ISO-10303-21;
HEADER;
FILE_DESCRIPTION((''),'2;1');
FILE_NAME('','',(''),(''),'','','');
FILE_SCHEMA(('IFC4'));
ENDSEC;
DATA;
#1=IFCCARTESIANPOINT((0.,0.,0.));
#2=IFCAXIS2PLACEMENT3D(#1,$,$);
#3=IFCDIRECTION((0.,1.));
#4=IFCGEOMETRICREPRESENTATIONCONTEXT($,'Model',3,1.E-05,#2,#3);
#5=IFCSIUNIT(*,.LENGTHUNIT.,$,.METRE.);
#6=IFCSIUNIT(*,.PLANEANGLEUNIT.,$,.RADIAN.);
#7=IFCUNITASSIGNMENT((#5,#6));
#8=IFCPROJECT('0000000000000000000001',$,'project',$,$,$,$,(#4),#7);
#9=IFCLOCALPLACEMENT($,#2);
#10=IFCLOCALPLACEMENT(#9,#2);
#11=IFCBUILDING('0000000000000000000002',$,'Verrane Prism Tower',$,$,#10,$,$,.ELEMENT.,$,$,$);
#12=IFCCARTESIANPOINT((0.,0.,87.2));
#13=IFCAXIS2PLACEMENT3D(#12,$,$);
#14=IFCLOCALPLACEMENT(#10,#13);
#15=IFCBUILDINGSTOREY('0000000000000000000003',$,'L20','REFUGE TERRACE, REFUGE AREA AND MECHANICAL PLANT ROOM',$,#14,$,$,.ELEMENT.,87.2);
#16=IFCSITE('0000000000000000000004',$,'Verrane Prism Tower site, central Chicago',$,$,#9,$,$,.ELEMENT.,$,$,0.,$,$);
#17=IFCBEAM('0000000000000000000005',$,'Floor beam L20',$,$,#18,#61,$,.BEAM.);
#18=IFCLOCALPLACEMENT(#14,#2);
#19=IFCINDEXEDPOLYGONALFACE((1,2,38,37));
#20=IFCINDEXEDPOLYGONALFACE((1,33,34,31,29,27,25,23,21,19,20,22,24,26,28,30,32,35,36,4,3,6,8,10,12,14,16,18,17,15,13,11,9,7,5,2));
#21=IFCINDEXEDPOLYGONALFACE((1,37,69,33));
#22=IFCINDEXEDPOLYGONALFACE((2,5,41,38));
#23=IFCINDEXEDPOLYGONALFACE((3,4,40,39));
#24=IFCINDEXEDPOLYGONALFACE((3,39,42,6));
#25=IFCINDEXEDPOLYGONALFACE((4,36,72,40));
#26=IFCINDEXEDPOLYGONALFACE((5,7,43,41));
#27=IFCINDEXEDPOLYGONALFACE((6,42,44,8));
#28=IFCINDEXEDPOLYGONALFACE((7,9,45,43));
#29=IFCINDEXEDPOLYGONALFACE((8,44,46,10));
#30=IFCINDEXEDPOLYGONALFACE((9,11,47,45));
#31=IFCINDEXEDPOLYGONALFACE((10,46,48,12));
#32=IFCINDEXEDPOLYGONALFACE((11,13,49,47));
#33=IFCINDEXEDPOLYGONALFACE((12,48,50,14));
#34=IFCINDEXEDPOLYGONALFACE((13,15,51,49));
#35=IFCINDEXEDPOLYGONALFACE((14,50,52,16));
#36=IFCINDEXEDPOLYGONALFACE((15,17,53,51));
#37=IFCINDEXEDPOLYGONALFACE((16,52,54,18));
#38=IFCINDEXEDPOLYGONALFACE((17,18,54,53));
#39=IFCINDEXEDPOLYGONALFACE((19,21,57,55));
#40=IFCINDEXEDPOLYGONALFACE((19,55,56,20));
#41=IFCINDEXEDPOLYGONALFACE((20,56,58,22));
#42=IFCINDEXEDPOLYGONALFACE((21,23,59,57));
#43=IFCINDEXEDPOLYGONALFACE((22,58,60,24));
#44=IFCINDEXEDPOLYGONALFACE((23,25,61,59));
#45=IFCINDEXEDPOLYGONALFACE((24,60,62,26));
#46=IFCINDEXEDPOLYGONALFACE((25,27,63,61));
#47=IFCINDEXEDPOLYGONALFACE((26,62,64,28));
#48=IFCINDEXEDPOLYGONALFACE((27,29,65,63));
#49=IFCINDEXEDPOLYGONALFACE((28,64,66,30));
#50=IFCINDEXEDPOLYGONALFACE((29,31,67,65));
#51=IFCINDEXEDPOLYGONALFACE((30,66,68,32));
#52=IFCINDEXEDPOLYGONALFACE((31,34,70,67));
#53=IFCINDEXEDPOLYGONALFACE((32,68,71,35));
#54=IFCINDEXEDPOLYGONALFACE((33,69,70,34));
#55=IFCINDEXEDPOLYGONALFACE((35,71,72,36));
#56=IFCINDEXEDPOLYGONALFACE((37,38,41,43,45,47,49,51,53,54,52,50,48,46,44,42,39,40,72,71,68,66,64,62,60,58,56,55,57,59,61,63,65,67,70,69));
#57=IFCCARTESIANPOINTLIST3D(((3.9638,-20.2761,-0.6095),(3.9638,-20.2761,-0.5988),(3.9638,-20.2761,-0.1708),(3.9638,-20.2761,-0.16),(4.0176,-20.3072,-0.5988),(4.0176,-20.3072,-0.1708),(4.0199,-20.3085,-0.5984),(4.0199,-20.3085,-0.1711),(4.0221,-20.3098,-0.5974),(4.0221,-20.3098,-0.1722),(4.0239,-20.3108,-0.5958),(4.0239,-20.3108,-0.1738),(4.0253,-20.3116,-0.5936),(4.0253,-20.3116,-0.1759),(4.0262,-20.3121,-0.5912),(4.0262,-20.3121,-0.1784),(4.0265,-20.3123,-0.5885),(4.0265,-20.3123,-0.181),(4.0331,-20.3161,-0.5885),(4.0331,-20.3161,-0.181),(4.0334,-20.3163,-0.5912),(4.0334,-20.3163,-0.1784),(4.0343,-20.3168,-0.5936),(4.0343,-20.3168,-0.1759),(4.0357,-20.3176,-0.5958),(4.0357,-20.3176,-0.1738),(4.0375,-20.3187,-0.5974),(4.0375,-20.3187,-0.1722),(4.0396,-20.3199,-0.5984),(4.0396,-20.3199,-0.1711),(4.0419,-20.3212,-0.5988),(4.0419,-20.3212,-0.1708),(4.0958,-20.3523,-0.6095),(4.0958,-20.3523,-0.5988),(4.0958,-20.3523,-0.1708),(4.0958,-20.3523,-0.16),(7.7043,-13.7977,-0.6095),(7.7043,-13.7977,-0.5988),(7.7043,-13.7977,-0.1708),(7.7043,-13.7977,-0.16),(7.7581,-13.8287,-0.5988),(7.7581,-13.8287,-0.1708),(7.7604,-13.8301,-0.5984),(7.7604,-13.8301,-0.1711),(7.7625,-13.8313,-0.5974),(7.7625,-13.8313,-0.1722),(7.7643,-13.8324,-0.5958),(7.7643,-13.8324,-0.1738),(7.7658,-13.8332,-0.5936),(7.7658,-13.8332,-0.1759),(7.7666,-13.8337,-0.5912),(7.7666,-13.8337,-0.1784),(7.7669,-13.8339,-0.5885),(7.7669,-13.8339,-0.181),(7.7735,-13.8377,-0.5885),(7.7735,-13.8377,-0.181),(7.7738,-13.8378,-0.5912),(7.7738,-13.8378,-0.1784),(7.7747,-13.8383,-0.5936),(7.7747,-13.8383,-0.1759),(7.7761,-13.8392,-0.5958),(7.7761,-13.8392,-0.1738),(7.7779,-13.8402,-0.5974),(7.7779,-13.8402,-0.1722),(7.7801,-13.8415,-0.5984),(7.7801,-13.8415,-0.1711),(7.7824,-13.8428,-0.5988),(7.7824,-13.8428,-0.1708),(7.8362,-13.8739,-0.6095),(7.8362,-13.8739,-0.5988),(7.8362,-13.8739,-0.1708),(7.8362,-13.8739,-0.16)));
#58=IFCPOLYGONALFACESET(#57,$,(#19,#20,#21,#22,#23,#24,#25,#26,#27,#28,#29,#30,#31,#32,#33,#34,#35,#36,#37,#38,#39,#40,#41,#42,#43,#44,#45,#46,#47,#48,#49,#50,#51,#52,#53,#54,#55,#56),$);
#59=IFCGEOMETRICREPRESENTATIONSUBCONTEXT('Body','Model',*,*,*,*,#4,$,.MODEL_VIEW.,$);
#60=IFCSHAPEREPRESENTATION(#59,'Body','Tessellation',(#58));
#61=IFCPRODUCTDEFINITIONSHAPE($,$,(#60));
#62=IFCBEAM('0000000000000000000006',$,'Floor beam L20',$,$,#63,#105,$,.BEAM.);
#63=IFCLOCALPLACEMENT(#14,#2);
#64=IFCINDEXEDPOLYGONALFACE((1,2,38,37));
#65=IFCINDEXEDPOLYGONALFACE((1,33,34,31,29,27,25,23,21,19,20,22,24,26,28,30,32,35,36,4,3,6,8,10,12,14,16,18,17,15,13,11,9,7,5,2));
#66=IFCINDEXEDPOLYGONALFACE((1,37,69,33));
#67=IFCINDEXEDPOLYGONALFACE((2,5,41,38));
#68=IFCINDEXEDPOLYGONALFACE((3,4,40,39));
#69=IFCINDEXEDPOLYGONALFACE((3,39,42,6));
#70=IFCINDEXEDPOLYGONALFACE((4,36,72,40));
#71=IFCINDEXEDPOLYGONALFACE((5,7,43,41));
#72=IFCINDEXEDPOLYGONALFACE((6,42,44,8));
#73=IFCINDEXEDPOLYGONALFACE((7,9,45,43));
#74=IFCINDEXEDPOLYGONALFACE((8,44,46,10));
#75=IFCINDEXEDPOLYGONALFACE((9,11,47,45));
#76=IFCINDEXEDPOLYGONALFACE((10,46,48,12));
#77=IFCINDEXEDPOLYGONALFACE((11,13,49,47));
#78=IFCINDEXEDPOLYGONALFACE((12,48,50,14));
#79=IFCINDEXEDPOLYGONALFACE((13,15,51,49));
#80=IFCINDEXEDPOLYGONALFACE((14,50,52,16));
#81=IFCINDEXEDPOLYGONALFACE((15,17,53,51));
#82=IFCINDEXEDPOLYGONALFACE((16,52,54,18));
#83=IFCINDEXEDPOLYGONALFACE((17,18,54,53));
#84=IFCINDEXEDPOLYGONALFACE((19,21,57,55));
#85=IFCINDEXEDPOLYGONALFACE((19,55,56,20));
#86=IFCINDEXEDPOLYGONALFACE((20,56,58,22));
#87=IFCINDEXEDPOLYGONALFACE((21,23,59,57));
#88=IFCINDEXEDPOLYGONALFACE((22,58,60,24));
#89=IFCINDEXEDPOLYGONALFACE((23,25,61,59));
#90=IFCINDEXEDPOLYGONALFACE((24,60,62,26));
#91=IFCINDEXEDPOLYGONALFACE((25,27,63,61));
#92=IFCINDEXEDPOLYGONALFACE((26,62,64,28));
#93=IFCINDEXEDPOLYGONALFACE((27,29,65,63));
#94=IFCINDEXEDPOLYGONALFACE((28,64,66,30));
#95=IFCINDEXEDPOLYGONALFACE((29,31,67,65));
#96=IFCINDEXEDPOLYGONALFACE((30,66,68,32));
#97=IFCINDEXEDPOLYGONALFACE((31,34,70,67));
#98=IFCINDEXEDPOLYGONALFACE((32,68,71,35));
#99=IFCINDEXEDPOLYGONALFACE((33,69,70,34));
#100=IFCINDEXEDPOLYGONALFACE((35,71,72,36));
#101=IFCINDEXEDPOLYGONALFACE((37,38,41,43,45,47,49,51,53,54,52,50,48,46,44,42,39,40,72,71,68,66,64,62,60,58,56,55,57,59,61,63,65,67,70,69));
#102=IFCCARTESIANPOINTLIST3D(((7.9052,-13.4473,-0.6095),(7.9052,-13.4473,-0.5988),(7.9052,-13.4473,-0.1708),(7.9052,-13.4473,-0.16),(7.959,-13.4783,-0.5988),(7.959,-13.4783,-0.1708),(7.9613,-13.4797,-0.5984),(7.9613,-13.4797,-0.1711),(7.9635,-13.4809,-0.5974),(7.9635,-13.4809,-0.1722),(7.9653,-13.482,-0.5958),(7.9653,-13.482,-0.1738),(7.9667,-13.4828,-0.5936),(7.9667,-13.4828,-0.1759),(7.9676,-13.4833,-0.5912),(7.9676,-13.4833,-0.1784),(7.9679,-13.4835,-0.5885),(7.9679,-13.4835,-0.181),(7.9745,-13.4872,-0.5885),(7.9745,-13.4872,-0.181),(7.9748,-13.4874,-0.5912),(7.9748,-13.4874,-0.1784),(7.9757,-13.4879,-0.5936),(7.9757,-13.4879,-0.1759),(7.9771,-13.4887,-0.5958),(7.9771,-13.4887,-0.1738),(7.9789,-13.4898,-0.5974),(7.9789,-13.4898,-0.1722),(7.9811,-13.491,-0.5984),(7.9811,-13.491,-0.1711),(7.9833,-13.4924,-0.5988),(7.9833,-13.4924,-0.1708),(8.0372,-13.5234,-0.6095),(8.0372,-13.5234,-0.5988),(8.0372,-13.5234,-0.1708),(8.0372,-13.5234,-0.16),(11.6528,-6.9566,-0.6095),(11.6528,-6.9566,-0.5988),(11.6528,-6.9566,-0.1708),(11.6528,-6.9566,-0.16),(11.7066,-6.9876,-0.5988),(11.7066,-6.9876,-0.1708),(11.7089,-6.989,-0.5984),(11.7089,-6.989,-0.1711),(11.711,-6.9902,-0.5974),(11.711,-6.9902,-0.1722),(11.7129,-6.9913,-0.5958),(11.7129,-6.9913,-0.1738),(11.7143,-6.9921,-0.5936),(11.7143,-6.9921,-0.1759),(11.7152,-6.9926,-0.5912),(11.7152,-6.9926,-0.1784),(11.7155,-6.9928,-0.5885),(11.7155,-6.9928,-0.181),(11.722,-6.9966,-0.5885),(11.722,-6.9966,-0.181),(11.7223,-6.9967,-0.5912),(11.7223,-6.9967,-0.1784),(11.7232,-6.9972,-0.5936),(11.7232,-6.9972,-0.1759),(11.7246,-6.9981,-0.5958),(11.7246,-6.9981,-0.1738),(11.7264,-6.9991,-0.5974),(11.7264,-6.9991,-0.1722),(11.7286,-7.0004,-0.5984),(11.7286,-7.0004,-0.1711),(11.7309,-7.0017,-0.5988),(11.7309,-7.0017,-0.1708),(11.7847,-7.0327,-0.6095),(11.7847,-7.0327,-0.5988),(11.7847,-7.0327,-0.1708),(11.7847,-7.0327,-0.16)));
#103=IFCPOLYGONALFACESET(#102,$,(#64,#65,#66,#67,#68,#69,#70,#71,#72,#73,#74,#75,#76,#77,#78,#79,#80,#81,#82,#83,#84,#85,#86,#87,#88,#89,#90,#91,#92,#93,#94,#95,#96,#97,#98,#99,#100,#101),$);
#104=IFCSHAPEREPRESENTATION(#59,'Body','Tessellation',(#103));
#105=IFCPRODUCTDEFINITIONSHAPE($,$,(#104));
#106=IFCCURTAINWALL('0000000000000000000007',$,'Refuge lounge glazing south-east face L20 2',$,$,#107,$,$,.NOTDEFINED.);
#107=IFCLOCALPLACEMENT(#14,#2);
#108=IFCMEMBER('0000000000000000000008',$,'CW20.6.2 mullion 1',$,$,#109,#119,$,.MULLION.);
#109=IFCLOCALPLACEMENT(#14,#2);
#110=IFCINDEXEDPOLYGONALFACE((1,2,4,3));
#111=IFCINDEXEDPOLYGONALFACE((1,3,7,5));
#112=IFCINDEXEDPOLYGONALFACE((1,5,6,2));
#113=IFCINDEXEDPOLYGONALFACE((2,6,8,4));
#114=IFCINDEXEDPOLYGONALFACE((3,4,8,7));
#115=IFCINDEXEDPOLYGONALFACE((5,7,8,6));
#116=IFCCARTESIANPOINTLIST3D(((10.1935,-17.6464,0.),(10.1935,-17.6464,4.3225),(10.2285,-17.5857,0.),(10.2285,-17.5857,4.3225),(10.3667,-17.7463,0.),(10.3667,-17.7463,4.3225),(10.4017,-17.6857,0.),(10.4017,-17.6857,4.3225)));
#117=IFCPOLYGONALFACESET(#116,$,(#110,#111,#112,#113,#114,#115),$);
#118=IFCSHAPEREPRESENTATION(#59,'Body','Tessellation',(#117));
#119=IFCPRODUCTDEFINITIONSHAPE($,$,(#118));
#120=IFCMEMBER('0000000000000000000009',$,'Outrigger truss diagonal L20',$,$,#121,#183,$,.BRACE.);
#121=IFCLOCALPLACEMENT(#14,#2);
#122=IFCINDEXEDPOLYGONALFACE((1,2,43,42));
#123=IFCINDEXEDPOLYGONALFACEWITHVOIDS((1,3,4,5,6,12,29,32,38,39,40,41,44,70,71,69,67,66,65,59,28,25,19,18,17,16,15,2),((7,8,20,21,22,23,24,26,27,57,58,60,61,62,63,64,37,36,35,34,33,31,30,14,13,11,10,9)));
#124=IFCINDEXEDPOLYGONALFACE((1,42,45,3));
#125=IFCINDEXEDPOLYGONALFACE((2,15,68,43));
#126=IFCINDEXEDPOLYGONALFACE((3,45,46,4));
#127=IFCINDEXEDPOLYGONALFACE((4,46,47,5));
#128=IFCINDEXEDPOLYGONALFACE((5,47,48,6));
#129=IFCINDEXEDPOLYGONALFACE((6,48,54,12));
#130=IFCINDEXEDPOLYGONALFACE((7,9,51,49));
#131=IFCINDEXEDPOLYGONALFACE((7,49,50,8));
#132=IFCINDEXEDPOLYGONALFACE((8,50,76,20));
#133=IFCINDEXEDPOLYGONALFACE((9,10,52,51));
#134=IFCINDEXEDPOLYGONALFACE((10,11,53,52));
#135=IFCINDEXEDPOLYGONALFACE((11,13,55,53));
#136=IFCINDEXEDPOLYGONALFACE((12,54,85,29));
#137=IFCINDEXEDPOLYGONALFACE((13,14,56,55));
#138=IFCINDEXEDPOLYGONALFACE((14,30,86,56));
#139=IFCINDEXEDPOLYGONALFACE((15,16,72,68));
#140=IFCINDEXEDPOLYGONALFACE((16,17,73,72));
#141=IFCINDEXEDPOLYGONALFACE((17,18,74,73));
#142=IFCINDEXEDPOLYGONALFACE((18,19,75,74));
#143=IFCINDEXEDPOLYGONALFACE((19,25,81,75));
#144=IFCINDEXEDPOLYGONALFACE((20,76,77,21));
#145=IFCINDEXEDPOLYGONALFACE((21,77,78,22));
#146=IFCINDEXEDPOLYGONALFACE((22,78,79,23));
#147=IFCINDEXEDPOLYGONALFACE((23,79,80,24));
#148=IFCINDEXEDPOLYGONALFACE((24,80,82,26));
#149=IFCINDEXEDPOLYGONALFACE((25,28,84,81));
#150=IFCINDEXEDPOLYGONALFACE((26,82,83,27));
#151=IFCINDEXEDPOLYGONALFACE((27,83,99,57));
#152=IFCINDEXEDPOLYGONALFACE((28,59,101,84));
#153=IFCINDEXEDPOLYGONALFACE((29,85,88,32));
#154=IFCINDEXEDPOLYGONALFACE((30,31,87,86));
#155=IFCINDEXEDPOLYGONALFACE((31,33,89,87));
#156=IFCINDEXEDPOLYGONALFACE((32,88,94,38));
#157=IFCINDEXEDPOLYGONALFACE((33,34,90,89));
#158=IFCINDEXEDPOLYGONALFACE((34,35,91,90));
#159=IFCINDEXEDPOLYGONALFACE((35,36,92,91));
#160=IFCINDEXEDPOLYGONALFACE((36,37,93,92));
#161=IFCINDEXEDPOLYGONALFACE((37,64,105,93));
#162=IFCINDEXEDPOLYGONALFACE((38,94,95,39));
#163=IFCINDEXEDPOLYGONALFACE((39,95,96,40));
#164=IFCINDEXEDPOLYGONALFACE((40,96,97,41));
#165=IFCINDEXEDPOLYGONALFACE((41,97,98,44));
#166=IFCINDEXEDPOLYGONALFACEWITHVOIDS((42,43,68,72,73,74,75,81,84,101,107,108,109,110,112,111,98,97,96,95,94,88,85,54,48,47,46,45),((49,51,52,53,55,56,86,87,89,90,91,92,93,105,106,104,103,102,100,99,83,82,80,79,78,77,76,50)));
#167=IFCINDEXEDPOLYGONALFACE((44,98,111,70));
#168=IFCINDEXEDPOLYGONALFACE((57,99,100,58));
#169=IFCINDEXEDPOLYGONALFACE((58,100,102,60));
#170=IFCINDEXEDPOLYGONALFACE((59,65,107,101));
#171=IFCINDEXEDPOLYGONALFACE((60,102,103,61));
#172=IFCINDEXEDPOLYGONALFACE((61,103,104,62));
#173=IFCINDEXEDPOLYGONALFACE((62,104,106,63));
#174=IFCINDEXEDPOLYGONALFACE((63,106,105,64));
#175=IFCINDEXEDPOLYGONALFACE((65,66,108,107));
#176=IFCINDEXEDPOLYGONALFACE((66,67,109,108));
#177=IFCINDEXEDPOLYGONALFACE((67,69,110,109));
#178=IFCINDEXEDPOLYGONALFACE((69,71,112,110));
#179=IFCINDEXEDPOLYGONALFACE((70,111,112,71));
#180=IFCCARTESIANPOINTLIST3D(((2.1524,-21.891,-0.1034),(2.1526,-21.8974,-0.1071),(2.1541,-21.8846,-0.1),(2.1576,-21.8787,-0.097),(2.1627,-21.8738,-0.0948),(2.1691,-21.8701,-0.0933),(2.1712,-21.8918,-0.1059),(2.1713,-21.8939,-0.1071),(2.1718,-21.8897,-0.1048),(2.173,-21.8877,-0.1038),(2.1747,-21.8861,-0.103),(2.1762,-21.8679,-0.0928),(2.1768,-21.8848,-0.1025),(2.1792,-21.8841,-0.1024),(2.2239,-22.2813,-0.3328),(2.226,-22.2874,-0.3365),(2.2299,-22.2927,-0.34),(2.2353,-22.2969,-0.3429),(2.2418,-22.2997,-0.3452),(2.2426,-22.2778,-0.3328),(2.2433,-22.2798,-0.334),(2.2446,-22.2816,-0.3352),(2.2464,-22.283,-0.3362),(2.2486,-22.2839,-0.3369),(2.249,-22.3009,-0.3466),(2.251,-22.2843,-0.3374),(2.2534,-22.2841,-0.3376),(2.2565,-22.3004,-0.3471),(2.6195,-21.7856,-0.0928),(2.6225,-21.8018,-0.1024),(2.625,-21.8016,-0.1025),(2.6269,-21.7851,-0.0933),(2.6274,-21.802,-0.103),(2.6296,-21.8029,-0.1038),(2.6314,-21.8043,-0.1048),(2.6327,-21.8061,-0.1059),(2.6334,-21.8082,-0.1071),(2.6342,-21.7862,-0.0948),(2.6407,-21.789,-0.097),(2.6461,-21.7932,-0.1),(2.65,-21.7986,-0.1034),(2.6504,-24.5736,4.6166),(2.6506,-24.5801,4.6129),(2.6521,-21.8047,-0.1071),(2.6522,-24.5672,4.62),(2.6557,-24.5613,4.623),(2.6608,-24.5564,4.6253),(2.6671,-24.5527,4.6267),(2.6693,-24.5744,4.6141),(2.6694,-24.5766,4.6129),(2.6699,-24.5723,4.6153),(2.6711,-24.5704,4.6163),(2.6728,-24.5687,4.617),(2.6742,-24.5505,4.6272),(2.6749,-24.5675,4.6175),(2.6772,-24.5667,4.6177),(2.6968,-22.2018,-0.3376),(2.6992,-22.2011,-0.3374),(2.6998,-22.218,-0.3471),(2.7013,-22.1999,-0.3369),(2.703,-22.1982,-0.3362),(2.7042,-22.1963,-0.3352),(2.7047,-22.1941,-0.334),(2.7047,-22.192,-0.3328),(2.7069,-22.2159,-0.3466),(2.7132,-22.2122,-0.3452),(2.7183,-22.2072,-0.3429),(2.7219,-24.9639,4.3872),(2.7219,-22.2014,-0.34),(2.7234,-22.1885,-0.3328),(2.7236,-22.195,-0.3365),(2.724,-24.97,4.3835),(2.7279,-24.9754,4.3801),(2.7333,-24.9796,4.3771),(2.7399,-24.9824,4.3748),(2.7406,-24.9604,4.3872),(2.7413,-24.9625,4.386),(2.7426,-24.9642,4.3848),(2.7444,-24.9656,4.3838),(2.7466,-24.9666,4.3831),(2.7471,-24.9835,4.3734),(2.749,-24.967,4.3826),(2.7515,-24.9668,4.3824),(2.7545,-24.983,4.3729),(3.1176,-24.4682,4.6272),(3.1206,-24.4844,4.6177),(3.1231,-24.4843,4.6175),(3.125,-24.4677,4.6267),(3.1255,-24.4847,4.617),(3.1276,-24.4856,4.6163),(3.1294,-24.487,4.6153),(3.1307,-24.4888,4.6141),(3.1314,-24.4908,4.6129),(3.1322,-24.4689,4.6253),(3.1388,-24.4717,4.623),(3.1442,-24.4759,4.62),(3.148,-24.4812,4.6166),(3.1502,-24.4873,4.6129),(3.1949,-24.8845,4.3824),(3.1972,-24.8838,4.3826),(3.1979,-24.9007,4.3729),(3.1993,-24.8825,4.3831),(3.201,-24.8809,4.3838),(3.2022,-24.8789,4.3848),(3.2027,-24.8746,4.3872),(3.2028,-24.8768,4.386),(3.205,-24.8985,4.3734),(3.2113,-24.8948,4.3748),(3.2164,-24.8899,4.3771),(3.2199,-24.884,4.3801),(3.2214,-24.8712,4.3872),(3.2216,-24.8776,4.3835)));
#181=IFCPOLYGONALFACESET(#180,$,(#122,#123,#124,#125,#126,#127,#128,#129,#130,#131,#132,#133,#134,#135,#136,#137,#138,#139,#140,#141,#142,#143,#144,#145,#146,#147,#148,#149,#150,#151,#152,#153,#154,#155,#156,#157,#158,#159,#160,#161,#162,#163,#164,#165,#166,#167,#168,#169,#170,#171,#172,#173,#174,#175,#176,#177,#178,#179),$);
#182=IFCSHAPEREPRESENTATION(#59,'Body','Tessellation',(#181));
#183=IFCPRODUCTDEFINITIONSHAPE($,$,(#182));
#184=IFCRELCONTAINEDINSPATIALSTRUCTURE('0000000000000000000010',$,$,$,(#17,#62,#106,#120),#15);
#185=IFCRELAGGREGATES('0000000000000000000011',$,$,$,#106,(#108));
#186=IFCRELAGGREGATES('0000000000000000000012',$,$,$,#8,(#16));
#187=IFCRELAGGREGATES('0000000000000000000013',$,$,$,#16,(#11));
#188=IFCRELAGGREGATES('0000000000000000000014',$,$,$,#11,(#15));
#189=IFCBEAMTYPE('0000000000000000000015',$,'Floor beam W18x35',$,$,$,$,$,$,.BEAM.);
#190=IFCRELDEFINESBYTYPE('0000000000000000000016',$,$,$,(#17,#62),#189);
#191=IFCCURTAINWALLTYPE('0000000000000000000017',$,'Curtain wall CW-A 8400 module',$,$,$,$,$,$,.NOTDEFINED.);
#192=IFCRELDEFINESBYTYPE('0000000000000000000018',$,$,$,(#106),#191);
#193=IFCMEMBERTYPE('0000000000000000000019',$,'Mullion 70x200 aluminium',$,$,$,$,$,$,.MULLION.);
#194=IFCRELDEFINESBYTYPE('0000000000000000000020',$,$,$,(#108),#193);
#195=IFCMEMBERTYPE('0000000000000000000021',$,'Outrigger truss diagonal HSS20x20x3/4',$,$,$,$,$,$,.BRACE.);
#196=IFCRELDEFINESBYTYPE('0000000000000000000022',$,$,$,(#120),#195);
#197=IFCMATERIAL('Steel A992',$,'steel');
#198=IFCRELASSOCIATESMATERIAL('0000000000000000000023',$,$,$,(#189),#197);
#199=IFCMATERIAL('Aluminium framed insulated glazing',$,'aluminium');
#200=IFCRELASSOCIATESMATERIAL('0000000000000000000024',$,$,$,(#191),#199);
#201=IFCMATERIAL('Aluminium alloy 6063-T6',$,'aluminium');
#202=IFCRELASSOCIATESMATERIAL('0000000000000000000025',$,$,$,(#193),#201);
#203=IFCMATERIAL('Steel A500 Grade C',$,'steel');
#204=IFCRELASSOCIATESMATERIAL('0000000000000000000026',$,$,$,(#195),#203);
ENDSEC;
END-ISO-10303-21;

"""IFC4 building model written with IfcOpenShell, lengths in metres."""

from ifc_helpers import new_model, si_unit, direction, frame, origin, origin_2d, place, context, subcontext, project, spatial, rectangle, hollow_rectangle, i_section, extrude, material, material_profile, profile_set, type_object, element, aggregate, save


model = new_model("IFC4")

# Units and contexts
model_context = context("Model", 3, precision=1e-05, world=origin(), true_north=direction((0.0, 1.0)))
body_context = subcontext(model_context, "Body", "Model", "MODEL_VIEW")
ifc_project = project(units=[si_unit("LENGTHUNIT", "METRE"), si_unit("PLANEANGLEUNIT", "RADIAN")], contexts=[model_context])

# Site, building, storey
site_placement = place(None, origin())
site = spatial("IfcSite", under=ifc_project, at=site_placement, Name="Verrane Prism Tower site, central Chicago", CompositionType="ELEMENT", RefElevation=0.0)
building_placement = place(site_placement, origin())
building = spatial("IfcBuilding", under=site, at=building_placement, Name="Verrane Prism Tower", CompositionType="ELEMENT")
storey_placement = place(building_placement, frame((0.0, 0.0, 87.2)))
storey = spatial("IfcBuildingStorey", under=building, at=storey_placement, Name="L20", Description="REFUGE TERRACE, REFUGE AREA AND MECHANICAL PLANT ROOM", CompositionType="ELEMENT", Elevation=87.2)

# Beams
ifc_material_1 = material(Name="Steel A992", Category="steel")
ifc_material_profile_1 = material_profile(ifc_material_1, i_section(OverallWidth=0.1523, OverallDepth=0.4495, WebThickness=0.0076, FlangeThickness=0.0107, FilletRadius=0.0103, at=origin_2d()), Name="W18x35")
ifc_profile_set_1 = profile_set([ifc_material_profile_1], Name="Steel A992")
beam_type_1 = type_object("IfcBeamType", Name="Floor beam W18x35", PredefinedType="BEAM", material=ifc_profile_set_1)
beam_1_placement = place(storey_placement, frame((4.0298, -20.3142, -0.3848), z_axis=(0.500011, 0.866019, 0.0), x_axis=(-0.866019, 0.500011, 0.0)))
element("IfcBeam", 1, at=beam_1_placement, inside=storey, type_object=beam_type_1, Name="Floor beam L20", PredefinedType="BEAM", context=body_context, shape_type="SweptSolid", body=[
    extrude(i_section(OverallWidth=0.1523, OverallDepth=0.4495, WebThickness=0.0076, FlangeThickness=0.0107, FilletRadius=0.0103, at=origin_2d()), origin(), (0.0, 0.0, 1.0), 7.4807),
])
beam_2_placement = place(storey_placement, frame((7.9712, -13.4854, -0.3848), z_axis=(0.500014, 0.866017, 0.0), x_axis=(-0.866017, 0.500014, 0.0)))
element("IfcBeam", 2, at=beam_2_placement, inside=storey, type_object=beam_type_1, Name="Floor beam L20", PredefinedType="BEAM", context=body_context, shape_type="SweptSolid", body=[
    extrude(i_section(OverallWidth=0.1523, OverallDepth=0.4495, WebThickness=0.0076, FlangeThickness=0.0107, FilletRadius=0.0103, at=origin_2d()), origin(), (0.0, 0.0, 1.0), 7.4949),
])

# Curtain wall, member
ifc_material_2 = material(Name="Aluminium framed insulated glazing", Category="aluminium")
curtain_wall_type = type_object("IfcCurtainWallType", Name="Curtain wall CW-A 8400 module", PredefinedType="NOTDEFINED", material=ifc_material_2)
curtain_wall_placement = place(storey_placement, origin())
curtain_wall = element("IfcCurtainWall", 3, at=curtain_wall_placement, inside=storey, type_object=curtain_wall_type, Name="Refuge lounge glazing south-east face L20 2", PredefinedType="NOTDEFINED")
ifc_material_3 = material(Name="Aluminium alloy 6063-T6", Category="aluminium")
ifc_material_profile_2 = material_profile(ifc_material_3, rectangle(XDim=0.2, YDim=0.0701, at=origin_2d()), Name="Mullion 70x200 aluminium")
ifc_profile_set_2 = profile_set([ifc_material_profile_2], Name="Aluminium alloy 6063-T6")
member_type_1 = type_object("IfcMemberType", Name="Mullion 70x200 aluminium", PredefinedType="MULLION", material=ifc_profile_set_2)
member_1_placement = place(storey_placement, frame((10.2976, -17.666, 0.0), z_axis=(0.0, 0.0, 1.0), x_axis=(-0.866023, 0.500003, 0.0)))
member_1 = element("IfcMember", 4, at=member_1_placement, type_object=member_type_1, Name="CW20.6.2 mullion 1", PredefinedType="MULLION", context=body_context, shape_type="SweptSolid", body=[
    extrude(rectangle(XDim=0.2, YDim=0.0701, at=origin_2d()), origin(), (0.0, 0.0, 1.0), 4.3225),
])

# Member
ifc_material_4 = material(Name="Steel A500 Grade C", Category="steel")
ifc_material_profile_3 = material_profile(ifc_material_4, hollow_rectangle(XDim=0.5081, YDim=0.5081, WallThickness=0.019, InnerFilletRadius=0.0095, OuterFilletRadius=0.0286, at=origin_2d()), Name="HSS20x20x3/4")
ifc_profile_set_3 = profile_set([ifc_material_profile_3], Name="Steel A500 Grade C")
member_type_2 = type_object("IfcMemberType", Name="Outrigger truss diagonal HSS20x20x3/4", PredefinedType="BRACE", material=ifc_profile_set_3)
member_2_placement = place(storey_placement, frame((2.438, -22.043, -0.22), z_axis=(0.091354, -0.492057, 0.865757), x_axis=(0.983199, 0.182538, 0.0)))
element("IfcMember", 5, at=member_2_placement, inside=storey, type_object=member_type_2, Name="Outrigger truss diagonal L20", PredefinedType="BRACE", context=body_context, shape_type="SweptSolid", body=[
    extrude(hollow_rectangle(XDim=0.5081, YDim=0.5081, WallThickness=0.019, InnerFilletRadius=0.0095, OuterFilletRadius=0.0286, at=origin_2d()), origin(), (0.0, 0.0, 1.0), 5.4519),
])

aggregate(curtain_wall, [member_1])

save(model, "model.ifc")
